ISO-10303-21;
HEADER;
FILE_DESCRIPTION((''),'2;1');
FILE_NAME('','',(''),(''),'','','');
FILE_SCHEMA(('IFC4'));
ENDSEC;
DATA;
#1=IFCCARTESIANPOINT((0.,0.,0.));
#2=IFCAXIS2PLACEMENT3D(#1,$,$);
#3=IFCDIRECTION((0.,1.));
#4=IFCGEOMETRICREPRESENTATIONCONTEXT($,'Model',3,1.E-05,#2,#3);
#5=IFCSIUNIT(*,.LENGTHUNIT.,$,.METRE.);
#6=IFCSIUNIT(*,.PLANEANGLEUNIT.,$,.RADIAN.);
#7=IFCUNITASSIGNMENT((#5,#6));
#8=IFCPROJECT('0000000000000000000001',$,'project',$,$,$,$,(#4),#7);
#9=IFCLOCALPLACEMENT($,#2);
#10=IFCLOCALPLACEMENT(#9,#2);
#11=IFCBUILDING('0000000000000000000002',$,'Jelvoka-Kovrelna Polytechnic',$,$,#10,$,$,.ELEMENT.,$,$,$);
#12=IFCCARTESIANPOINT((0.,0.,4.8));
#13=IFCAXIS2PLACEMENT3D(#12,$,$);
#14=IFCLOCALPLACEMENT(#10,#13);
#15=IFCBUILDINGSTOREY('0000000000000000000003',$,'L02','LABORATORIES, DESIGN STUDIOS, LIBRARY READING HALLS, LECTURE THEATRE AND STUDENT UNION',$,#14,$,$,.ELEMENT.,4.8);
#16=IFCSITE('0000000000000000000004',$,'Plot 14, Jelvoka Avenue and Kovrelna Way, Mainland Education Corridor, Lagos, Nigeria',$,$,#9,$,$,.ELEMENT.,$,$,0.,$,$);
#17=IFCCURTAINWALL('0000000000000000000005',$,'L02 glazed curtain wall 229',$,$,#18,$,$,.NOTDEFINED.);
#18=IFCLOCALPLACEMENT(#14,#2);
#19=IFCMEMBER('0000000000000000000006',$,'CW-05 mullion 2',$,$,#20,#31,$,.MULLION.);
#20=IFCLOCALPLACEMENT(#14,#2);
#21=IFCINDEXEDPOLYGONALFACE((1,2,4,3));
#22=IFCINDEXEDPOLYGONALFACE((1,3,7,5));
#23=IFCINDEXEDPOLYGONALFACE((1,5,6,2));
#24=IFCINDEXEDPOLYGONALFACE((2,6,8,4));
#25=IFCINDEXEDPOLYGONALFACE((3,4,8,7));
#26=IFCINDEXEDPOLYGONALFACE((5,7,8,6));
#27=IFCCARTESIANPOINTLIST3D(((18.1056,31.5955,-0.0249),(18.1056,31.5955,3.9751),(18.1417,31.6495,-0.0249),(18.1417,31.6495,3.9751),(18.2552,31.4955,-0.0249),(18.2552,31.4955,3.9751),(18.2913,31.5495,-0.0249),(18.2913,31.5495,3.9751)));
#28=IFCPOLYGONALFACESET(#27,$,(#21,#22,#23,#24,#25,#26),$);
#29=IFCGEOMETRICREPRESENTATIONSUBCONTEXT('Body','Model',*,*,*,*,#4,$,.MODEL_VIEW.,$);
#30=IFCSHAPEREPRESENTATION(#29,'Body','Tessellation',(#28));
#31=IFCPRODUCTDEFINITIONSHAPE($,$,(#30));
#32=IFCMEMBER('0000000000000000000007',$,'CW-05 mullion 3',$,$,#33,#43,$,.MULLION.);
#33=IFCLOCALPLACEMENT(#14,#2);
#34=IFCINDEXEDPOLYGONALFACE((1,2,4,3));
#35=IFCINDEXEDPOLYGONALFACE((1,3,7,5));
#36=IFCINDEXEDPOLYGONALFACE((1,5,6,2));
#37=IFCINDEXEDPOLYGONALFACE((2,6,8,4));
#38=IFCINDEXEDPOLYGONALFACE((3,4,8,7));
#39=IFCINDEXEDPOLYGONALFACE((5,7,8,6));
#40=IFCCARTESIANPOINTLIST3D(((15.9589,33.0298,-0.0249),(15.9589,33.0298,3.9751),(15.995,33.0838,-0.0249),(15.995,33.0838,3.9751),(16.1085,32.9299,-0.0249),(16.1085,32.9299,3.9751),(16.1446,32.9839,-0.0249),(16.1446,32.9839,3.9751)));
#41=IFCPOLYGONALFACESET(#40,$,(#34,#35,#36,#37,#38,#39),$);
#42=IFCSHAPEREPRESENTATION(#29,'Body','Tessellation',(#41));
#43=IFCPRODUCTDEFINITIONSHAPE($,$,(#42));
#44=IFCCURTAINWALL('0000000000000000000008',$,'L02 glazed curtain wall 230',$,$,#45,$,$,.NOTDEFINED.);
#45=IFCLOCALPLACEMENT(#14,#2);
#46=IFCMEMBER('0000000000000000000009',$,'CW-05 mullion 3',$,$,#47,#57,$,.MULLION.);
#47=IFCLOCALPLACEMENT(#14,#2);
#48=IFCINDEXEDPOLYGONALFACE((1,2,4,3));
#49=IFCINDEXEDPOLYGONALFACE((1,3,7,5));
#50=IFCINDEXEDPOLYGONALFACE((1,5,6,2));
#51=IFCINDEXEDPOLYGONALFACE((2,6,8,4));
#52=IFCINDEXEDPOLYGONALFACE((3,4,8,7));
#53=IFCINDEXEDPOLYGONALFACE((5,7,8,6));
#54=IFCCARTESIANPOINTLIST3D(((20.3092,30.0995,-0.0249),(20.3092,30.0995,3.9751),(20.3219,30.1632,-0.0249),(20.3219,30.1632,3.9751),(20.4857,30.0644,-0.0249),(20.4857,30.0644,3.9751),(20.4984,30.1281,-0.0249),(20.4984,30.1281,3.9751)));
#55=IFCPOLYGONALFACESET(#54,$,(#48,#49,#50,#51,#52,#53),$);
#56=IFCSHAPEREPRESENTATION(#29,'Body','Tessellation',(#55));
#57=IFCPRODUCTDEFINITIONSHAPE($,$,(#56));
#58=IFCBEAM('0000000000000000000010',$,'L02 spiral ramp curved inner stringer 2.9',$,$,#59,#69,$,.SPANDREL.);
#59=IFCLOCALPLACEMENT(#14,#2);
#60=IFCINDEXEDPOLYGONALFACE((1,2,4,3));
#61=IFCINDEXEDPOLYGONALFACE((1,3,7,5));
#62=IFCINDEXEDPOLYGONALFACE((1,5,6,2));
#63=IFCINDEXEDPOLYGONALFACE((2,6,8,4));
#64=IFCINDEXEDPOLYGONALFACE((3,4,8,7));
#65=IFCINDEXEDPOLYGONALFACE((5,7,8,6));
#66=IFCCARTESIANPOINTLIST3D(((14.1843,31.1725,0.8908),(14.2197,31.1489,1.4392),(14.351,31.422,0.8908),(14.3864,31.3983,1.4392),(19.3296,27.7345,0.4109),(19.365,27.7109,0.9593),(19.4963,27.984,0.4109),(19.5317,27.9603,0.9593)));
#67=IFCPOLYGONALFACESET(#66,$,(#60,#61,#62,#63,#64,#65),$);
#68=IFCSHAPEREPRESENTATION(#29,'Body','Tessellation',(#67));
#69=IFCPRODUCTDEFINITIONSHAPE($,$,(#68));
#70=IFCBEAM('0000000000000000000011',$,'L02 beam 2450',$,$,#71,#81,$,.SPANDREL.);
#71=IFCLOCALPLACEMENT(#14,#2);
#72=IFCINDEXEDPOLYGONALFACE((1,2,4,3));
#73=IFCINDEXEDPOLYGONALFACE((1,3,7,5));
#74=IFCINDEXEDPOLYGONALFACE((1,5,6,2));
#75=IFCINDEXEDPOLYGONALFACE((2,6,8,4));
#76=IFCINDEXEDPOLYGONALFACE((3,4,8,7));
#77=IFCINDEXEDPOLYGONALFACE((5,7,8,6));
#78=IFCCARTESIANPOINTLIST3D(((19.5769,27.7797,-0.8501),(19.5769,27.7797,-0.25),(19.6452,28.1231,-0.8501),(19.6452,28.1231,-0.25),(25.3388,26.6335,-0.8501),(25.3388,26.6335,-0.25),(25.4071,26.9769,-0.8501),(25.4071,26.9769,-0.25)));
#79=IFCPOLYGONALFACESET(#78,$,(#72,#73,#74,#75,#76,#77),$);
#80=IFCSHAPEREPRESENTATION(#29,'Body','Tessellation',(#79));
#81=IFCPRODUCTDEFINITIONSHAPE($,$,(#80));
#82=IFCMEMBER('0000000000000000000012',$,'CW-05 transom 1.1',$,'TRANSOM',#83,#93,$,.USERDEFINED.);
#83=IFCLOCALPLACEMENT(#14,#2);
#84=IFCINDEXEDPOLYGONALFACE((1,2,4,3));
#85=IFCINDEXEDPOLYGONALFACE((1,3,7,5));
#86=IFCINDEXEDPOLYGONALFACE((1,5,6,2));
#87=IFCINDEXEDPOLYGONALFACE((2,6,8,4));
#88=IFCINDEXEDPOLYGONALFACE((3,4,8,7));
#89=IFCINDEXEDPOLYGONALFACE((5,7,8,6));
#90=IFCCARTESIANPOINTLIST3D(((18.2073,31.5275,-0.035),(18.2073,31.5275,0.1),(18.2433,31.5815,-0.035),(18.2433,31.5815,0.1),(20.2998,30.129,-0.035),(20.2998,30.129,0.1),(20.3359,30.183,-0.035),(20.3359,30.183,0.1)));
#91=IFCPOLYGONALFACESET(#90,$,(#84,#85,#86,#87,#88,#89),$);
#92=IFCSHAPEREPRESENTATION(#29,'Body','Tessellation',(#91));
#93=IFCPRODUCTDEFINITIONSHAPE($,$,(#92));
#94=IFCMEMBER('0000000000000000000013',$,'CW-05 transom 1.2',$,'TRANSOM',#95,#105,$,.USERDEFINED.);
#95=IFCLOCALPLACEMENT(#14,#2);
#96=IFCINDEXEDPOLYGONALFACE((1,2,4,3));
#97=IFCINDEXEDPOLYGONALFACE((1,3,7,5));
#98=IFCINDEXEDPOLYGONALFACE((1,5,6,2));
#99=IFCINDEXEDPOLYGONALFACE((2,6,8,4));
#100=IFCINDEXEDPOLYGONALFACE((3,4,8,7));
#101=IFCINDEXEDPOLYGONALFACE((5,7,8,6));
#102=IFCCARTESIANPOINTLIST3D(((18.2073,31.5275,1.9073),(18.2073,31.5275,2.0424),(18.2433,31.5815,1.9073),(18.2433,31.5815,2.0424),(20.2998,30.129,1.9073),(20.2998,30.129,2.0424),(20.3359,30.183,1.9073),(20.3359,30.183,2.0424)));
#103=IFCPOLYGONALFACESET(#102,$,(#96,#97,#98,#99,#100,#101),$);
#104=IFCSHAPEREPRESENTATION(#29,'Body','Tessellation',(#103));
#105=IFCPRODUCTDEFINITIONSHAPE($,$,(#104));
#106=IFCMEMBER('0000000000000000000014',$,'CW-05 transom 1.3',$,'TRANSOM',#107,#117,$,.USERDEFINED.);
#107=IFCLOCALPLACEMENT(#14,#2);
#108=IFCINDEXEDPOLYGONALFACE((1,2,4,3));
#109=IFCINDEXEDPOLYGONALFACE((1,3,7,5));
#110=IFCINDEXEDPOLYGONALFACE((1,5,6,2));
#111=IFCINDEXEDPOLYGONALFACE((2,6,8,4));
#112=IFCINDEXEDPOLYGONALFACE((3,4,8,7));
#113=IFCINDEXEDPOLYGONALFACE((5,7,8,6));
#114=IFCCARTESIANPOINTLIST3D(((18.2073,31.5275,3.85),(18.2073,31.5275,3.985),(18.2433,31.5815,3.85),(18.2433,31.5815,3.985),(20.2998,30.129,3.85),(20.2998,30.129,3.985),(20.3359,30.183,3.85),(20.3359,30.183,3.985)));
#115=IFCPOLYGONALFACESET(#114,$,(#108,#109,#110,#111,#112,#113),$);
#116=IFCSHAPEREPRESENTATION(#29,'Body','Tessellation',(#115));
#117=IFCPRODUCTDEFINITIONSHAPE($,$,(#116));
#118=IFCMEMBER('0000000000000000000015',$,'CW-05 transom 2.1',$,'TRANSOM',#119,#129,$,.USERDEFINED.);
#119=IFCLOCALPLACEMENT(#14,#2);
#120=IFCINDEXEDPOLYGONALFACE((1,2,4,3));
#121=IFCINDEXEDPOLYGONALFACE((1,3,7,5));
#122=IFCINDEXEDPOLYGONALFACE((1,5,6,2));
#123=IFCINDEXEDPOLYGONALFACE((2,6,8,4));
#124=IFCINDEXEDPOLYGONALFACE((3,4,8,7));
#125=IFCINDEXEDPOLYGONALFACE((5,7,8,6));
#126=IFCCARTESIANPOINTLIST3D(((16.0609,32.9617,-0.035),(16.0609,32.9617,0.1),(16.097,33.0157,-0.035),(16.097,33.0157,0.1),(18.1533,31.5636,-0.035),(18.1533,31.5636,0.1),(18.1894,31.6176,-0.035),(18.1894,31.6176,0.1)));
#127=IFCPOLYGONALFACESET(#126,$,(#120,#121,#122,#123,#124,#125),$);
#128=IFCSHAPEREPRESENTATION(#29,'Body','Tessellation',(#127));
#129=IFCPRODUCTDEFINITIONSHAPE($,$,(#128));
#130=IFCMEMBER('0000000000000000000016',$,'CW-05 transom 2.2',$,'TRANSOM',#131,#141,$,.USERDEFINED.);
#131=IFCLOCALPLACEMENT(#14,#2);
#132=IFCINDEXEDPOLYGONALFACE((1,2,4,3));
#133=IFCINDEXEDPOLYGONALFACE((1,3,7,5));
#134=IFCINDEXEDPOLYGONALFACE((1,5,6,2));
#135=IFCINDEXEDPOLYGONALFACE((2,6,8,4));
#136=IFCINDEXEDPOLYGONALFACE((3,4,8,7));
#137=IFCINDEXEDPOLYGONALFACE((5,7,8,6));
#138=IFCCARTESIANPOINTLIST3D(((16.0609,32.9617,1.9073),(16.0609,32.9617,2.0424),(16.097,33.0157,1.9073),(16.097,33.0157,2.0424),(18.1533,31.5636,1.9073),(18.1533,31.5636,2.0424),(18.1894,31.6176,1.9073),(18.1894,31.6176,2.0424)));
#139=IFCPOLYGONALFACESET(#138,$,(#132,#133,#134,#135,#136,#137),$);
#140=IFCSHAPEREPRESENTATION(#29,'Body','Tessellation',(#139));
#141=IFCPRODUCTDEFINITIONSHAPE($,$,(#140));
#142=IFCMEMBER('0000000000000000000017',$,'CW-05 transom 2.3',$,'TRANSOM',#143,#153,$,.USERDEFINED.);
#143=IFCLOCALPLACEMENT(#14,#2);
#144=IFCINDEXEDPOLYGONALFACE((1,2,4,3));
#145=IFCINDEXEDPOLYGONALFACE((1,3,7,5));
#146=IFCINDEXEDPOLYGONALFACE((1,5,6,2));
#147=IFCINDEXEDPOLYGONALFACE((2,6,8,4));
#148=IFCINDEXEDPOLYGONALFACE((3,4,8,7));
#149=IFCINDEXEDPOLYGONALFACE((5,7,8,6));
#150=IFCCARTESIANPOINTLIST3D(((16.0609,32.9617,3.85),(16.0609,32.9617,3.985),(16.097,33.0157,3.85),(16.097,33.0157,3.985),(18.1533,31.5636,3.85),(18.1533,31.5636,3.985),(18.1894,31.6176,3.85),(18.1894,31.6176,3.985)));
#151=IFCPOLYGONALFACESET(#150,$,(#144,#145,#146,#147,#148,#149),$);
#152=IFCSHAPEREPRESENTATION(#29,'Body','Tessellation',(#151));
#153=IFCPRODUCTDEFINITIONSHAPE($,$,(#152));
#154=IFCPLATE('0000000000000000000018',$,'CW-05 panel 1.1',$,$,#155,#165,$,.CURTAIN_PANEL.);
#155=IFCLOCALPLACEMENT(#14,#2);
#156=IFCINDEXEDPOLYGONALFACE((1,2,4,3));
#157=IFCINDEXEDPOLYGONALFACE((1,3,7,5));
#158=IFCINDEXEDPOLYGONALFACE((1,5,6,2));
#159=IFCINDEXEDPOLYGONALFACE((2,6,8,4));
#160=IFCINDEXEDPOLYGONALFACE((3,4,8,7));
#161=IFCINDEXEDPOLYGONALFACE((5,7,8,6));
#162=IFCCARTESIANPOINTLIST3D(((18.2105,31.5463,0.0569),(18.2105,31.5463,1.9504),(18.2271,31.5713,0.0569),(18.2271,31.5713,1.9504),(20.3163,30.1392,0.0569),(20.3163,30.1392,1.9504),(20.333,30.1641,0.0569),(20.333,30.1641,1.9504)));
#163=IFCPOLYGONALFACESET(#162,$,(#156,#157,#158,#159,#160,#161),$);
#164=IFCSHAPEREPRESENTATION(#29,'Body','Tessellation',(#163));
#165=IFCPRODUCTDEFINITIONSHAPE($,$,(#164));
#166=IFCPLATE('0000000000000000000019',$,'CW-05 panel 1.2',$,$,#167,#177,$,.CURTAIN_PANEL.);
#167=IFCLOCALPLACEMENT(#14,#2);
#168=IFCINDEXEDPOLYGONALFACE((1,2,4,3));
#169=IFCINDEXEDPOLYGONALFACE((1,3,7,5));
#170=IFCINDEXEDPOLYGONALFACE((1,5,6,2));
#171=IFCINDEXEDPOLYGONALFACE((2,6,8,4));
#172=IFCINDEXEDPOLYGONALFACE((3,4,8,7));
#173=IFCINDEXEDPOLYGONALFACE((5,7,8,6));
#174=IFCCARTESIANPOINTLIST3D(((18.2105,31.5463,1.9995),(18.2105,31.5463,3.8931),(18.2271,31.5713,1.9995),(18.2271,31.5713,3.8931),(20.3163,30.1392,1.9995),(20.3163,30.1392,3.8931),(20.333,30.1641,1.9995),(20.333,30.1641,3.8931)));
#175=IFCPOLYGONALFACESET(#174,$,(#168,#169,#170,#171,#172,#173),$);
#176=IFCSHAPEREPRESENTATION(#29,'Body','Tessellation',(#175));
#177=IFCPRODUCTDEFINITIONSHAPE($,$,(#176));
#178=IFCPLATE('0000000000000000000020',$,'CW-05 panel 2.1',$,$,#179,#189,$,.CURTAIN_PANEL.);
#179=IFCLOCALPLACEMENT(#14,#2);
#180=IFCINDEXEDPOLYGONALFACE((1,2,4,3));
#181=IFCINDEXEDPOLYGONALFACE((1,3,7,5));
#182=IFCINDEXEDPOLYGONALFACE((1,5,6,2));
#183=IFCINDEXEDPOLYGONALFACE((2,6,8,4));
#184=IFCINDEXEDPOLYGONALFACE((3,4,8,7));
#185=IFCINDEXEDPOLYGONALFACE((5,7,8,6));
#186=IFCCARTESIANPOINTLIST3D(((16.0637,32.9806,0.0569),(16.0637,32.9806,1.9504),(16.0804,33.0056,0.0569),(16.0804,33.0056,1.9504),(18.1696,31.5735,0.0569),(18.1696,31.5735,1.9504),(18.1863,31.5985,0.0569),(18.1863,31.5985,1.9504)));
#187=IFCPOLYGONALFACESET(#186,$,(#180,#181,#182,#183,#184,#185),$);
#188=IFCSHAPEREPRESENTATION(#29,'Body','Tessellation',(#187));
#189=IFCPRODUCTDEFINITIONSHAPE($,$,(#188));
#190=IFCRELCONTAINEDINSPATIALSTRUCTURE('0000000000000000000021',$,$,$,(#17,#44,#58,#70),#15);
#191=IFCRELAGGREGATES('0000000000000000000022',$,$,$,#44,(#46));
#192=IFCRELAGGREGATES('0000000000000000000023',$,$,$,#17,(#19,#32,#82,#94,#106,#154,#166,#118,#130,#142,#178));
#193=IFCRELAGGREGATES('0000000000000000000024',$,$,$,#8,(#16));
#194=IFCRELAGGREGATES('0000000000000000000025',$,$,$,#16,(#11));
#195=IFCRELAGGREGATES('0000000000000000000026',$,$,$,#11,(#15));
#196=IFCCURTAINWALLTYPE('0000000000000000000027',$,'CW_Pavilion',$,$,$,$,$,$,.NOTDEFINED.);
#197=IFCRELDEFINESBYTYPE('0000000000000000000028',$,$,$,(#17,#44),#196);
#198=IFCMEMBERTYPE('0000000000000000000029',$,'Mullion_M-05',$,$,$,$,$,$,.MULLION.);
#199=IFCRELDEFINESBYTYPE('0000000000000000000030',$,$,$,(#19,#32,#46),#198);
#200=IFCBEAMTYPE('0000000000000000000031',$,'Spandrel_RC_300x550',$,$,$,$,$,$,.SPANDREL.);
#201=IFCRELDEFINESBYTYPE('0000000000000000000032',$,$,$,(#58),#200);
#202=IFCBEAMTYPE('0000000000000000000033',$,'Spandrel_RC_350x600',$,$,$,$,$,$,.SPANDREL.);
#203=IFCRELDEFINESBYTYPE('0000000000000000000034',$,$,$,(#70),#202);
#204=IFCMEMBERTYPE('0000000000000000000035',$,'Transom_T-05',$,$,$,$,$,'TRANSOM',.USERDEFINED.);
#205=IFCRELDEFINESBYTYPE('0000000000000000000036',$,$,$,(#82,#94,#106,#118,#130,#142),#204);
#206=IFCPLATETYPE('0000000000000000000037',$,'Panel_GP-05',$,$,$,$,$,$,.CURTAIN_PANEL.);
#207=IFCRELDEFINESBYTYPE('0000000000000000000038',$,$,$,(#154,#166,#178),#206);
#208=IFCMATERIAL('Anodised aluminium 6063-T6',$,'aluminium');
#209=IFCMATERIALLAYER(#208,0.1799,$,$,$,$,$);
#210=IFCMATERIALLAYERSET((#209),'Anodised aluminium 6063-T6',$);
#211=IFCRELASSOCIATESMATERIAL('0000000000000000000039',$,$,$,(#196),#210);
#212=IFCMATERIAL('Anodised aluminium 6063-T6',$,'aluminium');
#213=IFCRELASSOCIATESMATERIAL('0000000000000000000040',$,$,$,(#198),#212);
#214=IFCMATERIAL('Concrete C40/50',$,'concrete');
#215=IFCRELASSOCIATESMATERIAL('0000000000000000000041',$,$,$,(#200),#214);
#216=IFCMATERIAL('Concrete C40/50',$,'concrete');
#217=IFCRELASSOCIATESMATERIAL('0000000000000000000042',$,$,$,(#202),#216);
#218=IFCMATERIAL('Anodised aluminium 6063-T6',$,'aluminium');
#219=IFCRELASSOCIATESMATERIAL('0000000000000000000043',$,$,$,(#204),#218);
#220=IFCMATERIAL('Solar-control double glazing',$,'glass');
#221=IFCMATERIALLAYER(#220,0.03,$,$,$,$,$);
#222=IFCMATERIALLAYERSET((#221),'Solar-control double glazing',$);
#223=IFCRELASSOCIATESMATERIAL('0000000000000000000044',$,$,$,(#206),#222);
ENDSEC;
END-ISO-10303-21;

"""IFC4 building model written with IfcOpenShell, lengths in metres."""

from ifc_helpers import new_model, si_unit, direction, frame, origin, origin_2d, place, context, subcontext, project, spatial, rectangle, extrude, material, layer, layer_set, material_profile, profile_set, type_object, element, aggregate, save


model = new_model("IFC4")

# Units and contexts
model_context = context("Model", 3, precision=1e-05, world=origin(), true_north=direction((0.0, 1.0)))
body_context = subcontext(model_context, "Body", "Model", "MODEL_VIEW")
ifc_project = project(units=[si_unit("LENGTHUNIT", "METRE"), si_unit("PLANEANGLEUNIT", "RADIAN")], contexts=[model_context])

# Site, building, storey
site_placement = place(None, origin())
site = spatial("IfcSite", under=ifc_project, at=site_placement, Name="Plot 14, Jelvoka Avenue and Kovrelna Way, Mainland Education Corridor, Lagos, Nigeria", CompositionType="ELEMENT", RefElevation=0.0)
building_placement = place(site_placement, origin())
building = spatial("IfcBuilding", under=site, at=building_placement, Name="Jelvoka-Kovrelna Polytechnic", CompositionType="ELEMENT")
storey_placement = place(building_placement, frame((0.0, 0.0, 4.8)))
storey = spatial("IfcBuildingStorey", under=building, at=storey_placement, Name="L02", Description="LABORATORIES, DESIGN STUDIOS, LIBRARY READING HALLS, LECTURE THEATRE AND STUDENT UNION", CompositionType="ELEMENT", Elevation=4.8)

# Shared definitions
ifc_material_1 = material(Name="Anodised aluminium 6063-T6", Category="aluminium")
ifc_layer_1 = layer(ifc_material_1, 0.1799)
ifc_layer_set_1 = layer_set([ifc_layer_1], Name="Anodised aluminium 6063-T6")
curtain_wall_type = type_object("IfcCurtainWallType", Name="CW_Pavilion", PredefinedType="NOTDEFINED", material=ifc_layer_set_1)
ifc_material_2 = material(Name="Anodised aluminium 6063-T6", Category="aluminium")
ifc_material_profile_1 = material_profile(ifc_material_2, rectangle(XDim=0.0649, YDim=0.1799, at=origin_2d()), Name="ALU 65x180")
ifc_profile_set_1 = profile_set([ifc_material_profile_1], Name="Anodised aluminium 6063-T6")
member_type_1 = type_object("IfcMemberType", Name="Mullion_M-05", PredefinedType="MULLION", material=ifc_profile_set_1)

# Curtain wall, members
curtain_wall_1_placement = place(storey_placement, origin())
curtain_wall_1 = element("IfcCurtainWall", 1, at=curtain_wall_1_placement, inside=storey, type_object=curtain_wall_type, Name="L02 glazed curtain wall 229", PredefinedType="NOTDEFINED")
member_1_placement = place(storey_placement, frame((18.1985, 31.5725, -0.0249), z_axis=(0.0, 0.0, 1.0), x_axis=(-0.555583, -0.831461, 0.0)))
member_1 = element("IfcMember", 2, at=member_1_placement, type_object=member_type_1, Name="CW-05 mullion 2", PredefinedType="MULLION", context=body_context, shape_type="SweptSolid", body=[
    extrude(rectangle(XDim=0.0649, YDim=0.1799, at=origin_2d()), origin(), (0.0, 0.0, 1.0), 4.0),
])
member_2_placement = place(storey_placement, frame((16.0518, 33.0068, -0.0249), z_axis=(0.0, 0.0, 1.0), x_axis=(-0.555583, -0.831461, 0.0)))
member_2 = element("IfcMember", 3, at=member_2_placement, type_object=member_type_1, Name="CW-05 mullion 3", PredefinedType="MULLION", context=body_context, shape_type="SweptSolid", body=[
    extrude(rectangle(XDim=0.0649, YDim=0.1799, at=origin_2d()), origin(), (0.0, 0.0, 1.0), 4.0),
])

# Curtain wall, member
curtain_wall_2_placement = place(storey_placement, origin())
curtain_wall_2 = element("IfcCurtainWall", 4, at=curtain_wall_2_placement, inside=storey, type_object=curtain_wall_type, Name="L02 glazed curtain wall 230", PredefinedType="NOTDEFINED")
member_3_placement = place(storey_placement, frame((20.4038, 30.1138, -0.0249), z_axis=(0.0, 0.0, 1.0), x_axis=(-0.195086, -0.980786, 0.0)))
member_3 = element("IfcMember", 5, at=member_3_placement, type_object=member_type_1, Name="CW-05 mullion 3", PredefinedType="MULLION", context=body_context, shape_type="SweptSolid", body=[
    extrude(rectangle(XDim=0.0649, YDim=0.1799, at=origin_2d()), origin(), (0.0, 0.0, 1.0), 4.0),
])
aggregate(curtain_wall_2, [member_3])

# Beams
ifc_material_3 = material(Name="Concrete C40/50", Category="concrete")
ifc_material_profile_2 = material_profile(ifc_material_3, rectangle(XDim=0.3, YDim=0.55, at=origin_2d()), Name="RC 300x550")
ifc_profile_set_2 = profile_set([ifc_material_profile_2], Name="Concrete C40/50")
beam_type_1 = type_object("IfcBeamType", Name="Spandrel_RC_300x550", PredefinedType="SPANDREL", material=ifc_profile_set_2)
beam_1_placement = place(storey_placement, frame((19.4307, 27.8474, 0.6851), z_axis=(-0.828977, 0.55391, 0.077332), x_axis=(-0.555574, -0.831467, 0.0)))
element("IfcBeam", 6, at=beam_1_placement, inside=storey, type_object=beam_type_1, Name="L02 spiral ramp curved inner stringer 2.9", PredefinedType="SPANDREL", context=body_context, shape_type="SweptSolid", body=[
    extrude(rectangle(XDim=0.3, YDim=0.55, at=origin_2d()), origin(), (0.0, 0.0, 1.0), 6.2068),
])
ifc_material_4 = material(Name="Concrete C40/50", Category="concrete")
ifc_material_profile_3 = material_profile(ifc_material_4, rectangle(XDim=0.3501, YDim=0.6001, at=origin_2d()), Name="RC 350x600")
ifc_profile_set_3 = profile_set([ifc_material_profile_3], Name="Concrete C40/50")
beam_type_2 = type_object("IfcBeamType", Name="Spandrel_RC_350x600", PredefinedType="SPANDREL", material=ifc_profile_set_3)
beam_2_placement = place(storey_placement, frame((19.6111, 27.9514, -0.55), z_axis=(0.980782, -0.195109, 0.0), x_axis=(0.195109, 0.980782, 0.0)))
element("IfcBeam", 7, at=beam_2_placement, inside=storey, type_object=beam_type_2, Name="L02 beam 2450", PredefinedType="SPANDREL", context=body_context, shape_type="SweptSolid", body=[
    extrude(rectangle(XDim=0.3501, YDim=0.6001, at=origin_2d()), origin(), (0.0, 0.0, 1.0), 5.8748),
])

# Members
ifc_material_5 = material(Name="Anodised aluminium 6063-T6", Category="aluminium")
ifc_material_profile_4 = material_profile(ifc_material_5, rectangle(XDim=0.0649, YDim=0.135, at=origin_2d()), Name="ALU 65x135")
ifc_profile_set_4 = profile_set([ifc_material_profile_4], Name="Anodised aluminium 6063-T6")
member_type_2 = type_object("IfcMemberType", Name="Transom_T-05", ElementType="TRANSOM", PredefinedType="USERDEFINED", material=ifc_profile_set_4)
member_4_placement = place(storey_placement, frame((20.3179, 30.156, 0.0325), z_axis=(-0.831423, 0.55564, 0.0), x_axis=(-0.55564, -0.831423, 0.0)))
member_4 = element("IfcMember", 8, at=member_4_placement, type_object=member_type_2, Name="CW-05 transom 1.1", ObjectType="TRANSOM", PredefinedType="USERDEFINED", context=body_context, shape_type="SweptSolid", body=[
    extrude(rectangle(XDim=0.0649, YDim=0.135, at=origin_2d()), origin(), (0.0, 0.0, 1.0), 2.5168),
])
member_5_placement = place(storey_placement, frame((20.3179, 30.156, 1.9749), z_axis=(-0.831423, 0.55564, 0.0), x_axis=(-0.55564, -0.831423, 0.0)))
member_5 = element("IfcMember", 9, at=member_5_placement, type_object=member_type_2, Name="CW-05 transom 1.2", ObjectType="TRANSOM", PredefinedType="USERDEFINED", context=body_context, shape_type="SweptSolid", body=[
    extrude(rectangle(XDim=0.0649, YDim=0.135, at=origin_2d()), origin(), (0.0, 0.0, 1.0), 2.5168),
])
member_6_placement = place(storey_placement, frame((20.3179, 30.156, 3.9175), z_axis=(-0.831423, 0.55564, 0.0), x_axis=(-0.55564, -0.831423, 0.0)))
member_6 = element("IfcMember", 10, at=member_6_placement, type_object=member_type_2, Name="CW-05 transom 1.3", ObjectType="TRANSOM", PredefinedType="USERDEFINED", context=body_context, shape_type="SweptSolid", body=[
    extrude(rectangle(XDim=0.0649, YDim=0.135, at=origin_2d()), origin(), (0.0, 0.0, 1.0), 2.5168),
])
member_7_placement = place(storey_placement, frame((18.1714, 31.5906, 0.0325), z_axis=(-0.831468, 0.555573, 0.0), x_axis=(-0.555573, -0.831468, 0.0)))
member_7 = element("IfcMember", 11, at=member_7_placement, type_object=member_type_2, Name="CW-05 transom 2.1", ObjectType="TRANSOM", PredefinedType="USERDEFINED", context=body_context, shape_type="SweptSolid", body=[
    extrude(rectangle(XDim=0.0649, YDim=0.135, at=origin_2d()), origin(), (0.0, 0.0, 1.0), 2.5166),
])
member_8_placement = place(storey_placement, frame((18.1714, 31.5906, 1.9749), z_axis=(-0.831468, 0.555573, 0.0), x_axis=(-0.555573, -0.831468, 0.0)))
member_8 = element("IfcMember", 12, at=member_8_placement, type_object=member_type_2, Name="CW-05 transom 2.2", ObjectType="TRANSOM", PredefinedType="USERDEFINED", context=body_context, shape_type="SweptSolid", body=[
    extrude(rectangle(XDim=0.0649, YDim=0.135, at=origin_2d()), origin(), (0.0, 0.0, 1.0), 2.5166),
])
member_9_placement = place(storey_placement, frame((18.1714, 31.5906, 3.9175), z_axis=(-0.831468, 0.555573, 0.0), x_axis=(-0.555573, -0.831468, 0.0)))
member_9 = element("IfcMember", 13, at=member_9_placement, type_object=member_type_2, Name="CW-05 transom 2.3", ObjectType="TRANSOM", PredefinedType="USERDEFINED", context=body_context, shape_type="SweptSolid", body=[
    extrude(rectangle(XDim=0.0649, YDim=0.135, at=origin_2d()), origin(), (0.0, 0.0, 1.0), 2.5166),
])

# Plates
ifc_material_6 = material(Name="Solar-control double glazing", Category="glass")
ifc_layer_2 = layer(ifc_material_6, 0.03)
ifc_layer_set_2 = layer_set([ifc_layer_2], Name="Solar-control double glazing")
plate_type = type_object("IfcPlateType", Name="Panel_GP-05", PredefinedType="CURTAIN_PANEL", material=ifc_layer_set_2)
plate_1_placement = place(storey_placement, frame((19.2717, 30.8552, 0.0569), z_axis=(0.0, 0.0, 1.0), x_axis=(-0.831461, 0.555583, 0.0)))
plate_1 = element("IfcPlate", 14, at=plate_1_placement, type_object=plate_type, Name="CW-05 panel 1.1", PredefinedType="CURTAIN_PANEL", context=body_context, shape_type="SweptSolid", body=[
    extrude(rectangle(XDim=2.5327, YDim=0.03, at=origin_2d()), origin(), (0.0, 0.0, 1.0), 1.8936),
])
plate_2_placement = place(storey_placement, frame((19.2717, 30.8552, 1.9995), z_axis=(0.0, 0.0, 1.0), x_axis=(-0.831461, 0.555583, 0.0)))
plate_2 = element("IfcPlate", 15, at=plate_2_placement, type_object=plate_type, Name="CW-05 panel 1.2", PredefinedType="CURTAIN_PANEL", context=body_context, shape_type="SweptSolid", body=[
    extrude(rectangle(XDim=2.5327, YDim=0.03, at=origin_2d()), origin(), (0.0, 0.0, 1.0), 1.8936),
])
plate_3_placement = place(storey_placement, frame((17.125, 32.2896, 0.0569), z_axis=(0.0, 0.0, 1.0), x_axis=(-0.831461, 0.555583, 0.0)))
plate_3 = element("IfcPlate", 16, at=plate_3_placement, type_object=plate_type, Name="CW-05 panel 2.1", PredefinedType="CURTAIN_PANEL", context=body_context, shape_type="SweptSolid", body=[
    extrude(rectangle(XDim=2.5327, YDim=0.03, at=origin_2d()), origin(), (0.0, 0.0, 1.0), 1.8936),
])
aggregate(curtain_wall_1, [member_1, member_2, member_4, member_5, member_6, plate_1, plate_2, member_7, member_8, member_9, plate_3])

save(model, "model.ifc")
